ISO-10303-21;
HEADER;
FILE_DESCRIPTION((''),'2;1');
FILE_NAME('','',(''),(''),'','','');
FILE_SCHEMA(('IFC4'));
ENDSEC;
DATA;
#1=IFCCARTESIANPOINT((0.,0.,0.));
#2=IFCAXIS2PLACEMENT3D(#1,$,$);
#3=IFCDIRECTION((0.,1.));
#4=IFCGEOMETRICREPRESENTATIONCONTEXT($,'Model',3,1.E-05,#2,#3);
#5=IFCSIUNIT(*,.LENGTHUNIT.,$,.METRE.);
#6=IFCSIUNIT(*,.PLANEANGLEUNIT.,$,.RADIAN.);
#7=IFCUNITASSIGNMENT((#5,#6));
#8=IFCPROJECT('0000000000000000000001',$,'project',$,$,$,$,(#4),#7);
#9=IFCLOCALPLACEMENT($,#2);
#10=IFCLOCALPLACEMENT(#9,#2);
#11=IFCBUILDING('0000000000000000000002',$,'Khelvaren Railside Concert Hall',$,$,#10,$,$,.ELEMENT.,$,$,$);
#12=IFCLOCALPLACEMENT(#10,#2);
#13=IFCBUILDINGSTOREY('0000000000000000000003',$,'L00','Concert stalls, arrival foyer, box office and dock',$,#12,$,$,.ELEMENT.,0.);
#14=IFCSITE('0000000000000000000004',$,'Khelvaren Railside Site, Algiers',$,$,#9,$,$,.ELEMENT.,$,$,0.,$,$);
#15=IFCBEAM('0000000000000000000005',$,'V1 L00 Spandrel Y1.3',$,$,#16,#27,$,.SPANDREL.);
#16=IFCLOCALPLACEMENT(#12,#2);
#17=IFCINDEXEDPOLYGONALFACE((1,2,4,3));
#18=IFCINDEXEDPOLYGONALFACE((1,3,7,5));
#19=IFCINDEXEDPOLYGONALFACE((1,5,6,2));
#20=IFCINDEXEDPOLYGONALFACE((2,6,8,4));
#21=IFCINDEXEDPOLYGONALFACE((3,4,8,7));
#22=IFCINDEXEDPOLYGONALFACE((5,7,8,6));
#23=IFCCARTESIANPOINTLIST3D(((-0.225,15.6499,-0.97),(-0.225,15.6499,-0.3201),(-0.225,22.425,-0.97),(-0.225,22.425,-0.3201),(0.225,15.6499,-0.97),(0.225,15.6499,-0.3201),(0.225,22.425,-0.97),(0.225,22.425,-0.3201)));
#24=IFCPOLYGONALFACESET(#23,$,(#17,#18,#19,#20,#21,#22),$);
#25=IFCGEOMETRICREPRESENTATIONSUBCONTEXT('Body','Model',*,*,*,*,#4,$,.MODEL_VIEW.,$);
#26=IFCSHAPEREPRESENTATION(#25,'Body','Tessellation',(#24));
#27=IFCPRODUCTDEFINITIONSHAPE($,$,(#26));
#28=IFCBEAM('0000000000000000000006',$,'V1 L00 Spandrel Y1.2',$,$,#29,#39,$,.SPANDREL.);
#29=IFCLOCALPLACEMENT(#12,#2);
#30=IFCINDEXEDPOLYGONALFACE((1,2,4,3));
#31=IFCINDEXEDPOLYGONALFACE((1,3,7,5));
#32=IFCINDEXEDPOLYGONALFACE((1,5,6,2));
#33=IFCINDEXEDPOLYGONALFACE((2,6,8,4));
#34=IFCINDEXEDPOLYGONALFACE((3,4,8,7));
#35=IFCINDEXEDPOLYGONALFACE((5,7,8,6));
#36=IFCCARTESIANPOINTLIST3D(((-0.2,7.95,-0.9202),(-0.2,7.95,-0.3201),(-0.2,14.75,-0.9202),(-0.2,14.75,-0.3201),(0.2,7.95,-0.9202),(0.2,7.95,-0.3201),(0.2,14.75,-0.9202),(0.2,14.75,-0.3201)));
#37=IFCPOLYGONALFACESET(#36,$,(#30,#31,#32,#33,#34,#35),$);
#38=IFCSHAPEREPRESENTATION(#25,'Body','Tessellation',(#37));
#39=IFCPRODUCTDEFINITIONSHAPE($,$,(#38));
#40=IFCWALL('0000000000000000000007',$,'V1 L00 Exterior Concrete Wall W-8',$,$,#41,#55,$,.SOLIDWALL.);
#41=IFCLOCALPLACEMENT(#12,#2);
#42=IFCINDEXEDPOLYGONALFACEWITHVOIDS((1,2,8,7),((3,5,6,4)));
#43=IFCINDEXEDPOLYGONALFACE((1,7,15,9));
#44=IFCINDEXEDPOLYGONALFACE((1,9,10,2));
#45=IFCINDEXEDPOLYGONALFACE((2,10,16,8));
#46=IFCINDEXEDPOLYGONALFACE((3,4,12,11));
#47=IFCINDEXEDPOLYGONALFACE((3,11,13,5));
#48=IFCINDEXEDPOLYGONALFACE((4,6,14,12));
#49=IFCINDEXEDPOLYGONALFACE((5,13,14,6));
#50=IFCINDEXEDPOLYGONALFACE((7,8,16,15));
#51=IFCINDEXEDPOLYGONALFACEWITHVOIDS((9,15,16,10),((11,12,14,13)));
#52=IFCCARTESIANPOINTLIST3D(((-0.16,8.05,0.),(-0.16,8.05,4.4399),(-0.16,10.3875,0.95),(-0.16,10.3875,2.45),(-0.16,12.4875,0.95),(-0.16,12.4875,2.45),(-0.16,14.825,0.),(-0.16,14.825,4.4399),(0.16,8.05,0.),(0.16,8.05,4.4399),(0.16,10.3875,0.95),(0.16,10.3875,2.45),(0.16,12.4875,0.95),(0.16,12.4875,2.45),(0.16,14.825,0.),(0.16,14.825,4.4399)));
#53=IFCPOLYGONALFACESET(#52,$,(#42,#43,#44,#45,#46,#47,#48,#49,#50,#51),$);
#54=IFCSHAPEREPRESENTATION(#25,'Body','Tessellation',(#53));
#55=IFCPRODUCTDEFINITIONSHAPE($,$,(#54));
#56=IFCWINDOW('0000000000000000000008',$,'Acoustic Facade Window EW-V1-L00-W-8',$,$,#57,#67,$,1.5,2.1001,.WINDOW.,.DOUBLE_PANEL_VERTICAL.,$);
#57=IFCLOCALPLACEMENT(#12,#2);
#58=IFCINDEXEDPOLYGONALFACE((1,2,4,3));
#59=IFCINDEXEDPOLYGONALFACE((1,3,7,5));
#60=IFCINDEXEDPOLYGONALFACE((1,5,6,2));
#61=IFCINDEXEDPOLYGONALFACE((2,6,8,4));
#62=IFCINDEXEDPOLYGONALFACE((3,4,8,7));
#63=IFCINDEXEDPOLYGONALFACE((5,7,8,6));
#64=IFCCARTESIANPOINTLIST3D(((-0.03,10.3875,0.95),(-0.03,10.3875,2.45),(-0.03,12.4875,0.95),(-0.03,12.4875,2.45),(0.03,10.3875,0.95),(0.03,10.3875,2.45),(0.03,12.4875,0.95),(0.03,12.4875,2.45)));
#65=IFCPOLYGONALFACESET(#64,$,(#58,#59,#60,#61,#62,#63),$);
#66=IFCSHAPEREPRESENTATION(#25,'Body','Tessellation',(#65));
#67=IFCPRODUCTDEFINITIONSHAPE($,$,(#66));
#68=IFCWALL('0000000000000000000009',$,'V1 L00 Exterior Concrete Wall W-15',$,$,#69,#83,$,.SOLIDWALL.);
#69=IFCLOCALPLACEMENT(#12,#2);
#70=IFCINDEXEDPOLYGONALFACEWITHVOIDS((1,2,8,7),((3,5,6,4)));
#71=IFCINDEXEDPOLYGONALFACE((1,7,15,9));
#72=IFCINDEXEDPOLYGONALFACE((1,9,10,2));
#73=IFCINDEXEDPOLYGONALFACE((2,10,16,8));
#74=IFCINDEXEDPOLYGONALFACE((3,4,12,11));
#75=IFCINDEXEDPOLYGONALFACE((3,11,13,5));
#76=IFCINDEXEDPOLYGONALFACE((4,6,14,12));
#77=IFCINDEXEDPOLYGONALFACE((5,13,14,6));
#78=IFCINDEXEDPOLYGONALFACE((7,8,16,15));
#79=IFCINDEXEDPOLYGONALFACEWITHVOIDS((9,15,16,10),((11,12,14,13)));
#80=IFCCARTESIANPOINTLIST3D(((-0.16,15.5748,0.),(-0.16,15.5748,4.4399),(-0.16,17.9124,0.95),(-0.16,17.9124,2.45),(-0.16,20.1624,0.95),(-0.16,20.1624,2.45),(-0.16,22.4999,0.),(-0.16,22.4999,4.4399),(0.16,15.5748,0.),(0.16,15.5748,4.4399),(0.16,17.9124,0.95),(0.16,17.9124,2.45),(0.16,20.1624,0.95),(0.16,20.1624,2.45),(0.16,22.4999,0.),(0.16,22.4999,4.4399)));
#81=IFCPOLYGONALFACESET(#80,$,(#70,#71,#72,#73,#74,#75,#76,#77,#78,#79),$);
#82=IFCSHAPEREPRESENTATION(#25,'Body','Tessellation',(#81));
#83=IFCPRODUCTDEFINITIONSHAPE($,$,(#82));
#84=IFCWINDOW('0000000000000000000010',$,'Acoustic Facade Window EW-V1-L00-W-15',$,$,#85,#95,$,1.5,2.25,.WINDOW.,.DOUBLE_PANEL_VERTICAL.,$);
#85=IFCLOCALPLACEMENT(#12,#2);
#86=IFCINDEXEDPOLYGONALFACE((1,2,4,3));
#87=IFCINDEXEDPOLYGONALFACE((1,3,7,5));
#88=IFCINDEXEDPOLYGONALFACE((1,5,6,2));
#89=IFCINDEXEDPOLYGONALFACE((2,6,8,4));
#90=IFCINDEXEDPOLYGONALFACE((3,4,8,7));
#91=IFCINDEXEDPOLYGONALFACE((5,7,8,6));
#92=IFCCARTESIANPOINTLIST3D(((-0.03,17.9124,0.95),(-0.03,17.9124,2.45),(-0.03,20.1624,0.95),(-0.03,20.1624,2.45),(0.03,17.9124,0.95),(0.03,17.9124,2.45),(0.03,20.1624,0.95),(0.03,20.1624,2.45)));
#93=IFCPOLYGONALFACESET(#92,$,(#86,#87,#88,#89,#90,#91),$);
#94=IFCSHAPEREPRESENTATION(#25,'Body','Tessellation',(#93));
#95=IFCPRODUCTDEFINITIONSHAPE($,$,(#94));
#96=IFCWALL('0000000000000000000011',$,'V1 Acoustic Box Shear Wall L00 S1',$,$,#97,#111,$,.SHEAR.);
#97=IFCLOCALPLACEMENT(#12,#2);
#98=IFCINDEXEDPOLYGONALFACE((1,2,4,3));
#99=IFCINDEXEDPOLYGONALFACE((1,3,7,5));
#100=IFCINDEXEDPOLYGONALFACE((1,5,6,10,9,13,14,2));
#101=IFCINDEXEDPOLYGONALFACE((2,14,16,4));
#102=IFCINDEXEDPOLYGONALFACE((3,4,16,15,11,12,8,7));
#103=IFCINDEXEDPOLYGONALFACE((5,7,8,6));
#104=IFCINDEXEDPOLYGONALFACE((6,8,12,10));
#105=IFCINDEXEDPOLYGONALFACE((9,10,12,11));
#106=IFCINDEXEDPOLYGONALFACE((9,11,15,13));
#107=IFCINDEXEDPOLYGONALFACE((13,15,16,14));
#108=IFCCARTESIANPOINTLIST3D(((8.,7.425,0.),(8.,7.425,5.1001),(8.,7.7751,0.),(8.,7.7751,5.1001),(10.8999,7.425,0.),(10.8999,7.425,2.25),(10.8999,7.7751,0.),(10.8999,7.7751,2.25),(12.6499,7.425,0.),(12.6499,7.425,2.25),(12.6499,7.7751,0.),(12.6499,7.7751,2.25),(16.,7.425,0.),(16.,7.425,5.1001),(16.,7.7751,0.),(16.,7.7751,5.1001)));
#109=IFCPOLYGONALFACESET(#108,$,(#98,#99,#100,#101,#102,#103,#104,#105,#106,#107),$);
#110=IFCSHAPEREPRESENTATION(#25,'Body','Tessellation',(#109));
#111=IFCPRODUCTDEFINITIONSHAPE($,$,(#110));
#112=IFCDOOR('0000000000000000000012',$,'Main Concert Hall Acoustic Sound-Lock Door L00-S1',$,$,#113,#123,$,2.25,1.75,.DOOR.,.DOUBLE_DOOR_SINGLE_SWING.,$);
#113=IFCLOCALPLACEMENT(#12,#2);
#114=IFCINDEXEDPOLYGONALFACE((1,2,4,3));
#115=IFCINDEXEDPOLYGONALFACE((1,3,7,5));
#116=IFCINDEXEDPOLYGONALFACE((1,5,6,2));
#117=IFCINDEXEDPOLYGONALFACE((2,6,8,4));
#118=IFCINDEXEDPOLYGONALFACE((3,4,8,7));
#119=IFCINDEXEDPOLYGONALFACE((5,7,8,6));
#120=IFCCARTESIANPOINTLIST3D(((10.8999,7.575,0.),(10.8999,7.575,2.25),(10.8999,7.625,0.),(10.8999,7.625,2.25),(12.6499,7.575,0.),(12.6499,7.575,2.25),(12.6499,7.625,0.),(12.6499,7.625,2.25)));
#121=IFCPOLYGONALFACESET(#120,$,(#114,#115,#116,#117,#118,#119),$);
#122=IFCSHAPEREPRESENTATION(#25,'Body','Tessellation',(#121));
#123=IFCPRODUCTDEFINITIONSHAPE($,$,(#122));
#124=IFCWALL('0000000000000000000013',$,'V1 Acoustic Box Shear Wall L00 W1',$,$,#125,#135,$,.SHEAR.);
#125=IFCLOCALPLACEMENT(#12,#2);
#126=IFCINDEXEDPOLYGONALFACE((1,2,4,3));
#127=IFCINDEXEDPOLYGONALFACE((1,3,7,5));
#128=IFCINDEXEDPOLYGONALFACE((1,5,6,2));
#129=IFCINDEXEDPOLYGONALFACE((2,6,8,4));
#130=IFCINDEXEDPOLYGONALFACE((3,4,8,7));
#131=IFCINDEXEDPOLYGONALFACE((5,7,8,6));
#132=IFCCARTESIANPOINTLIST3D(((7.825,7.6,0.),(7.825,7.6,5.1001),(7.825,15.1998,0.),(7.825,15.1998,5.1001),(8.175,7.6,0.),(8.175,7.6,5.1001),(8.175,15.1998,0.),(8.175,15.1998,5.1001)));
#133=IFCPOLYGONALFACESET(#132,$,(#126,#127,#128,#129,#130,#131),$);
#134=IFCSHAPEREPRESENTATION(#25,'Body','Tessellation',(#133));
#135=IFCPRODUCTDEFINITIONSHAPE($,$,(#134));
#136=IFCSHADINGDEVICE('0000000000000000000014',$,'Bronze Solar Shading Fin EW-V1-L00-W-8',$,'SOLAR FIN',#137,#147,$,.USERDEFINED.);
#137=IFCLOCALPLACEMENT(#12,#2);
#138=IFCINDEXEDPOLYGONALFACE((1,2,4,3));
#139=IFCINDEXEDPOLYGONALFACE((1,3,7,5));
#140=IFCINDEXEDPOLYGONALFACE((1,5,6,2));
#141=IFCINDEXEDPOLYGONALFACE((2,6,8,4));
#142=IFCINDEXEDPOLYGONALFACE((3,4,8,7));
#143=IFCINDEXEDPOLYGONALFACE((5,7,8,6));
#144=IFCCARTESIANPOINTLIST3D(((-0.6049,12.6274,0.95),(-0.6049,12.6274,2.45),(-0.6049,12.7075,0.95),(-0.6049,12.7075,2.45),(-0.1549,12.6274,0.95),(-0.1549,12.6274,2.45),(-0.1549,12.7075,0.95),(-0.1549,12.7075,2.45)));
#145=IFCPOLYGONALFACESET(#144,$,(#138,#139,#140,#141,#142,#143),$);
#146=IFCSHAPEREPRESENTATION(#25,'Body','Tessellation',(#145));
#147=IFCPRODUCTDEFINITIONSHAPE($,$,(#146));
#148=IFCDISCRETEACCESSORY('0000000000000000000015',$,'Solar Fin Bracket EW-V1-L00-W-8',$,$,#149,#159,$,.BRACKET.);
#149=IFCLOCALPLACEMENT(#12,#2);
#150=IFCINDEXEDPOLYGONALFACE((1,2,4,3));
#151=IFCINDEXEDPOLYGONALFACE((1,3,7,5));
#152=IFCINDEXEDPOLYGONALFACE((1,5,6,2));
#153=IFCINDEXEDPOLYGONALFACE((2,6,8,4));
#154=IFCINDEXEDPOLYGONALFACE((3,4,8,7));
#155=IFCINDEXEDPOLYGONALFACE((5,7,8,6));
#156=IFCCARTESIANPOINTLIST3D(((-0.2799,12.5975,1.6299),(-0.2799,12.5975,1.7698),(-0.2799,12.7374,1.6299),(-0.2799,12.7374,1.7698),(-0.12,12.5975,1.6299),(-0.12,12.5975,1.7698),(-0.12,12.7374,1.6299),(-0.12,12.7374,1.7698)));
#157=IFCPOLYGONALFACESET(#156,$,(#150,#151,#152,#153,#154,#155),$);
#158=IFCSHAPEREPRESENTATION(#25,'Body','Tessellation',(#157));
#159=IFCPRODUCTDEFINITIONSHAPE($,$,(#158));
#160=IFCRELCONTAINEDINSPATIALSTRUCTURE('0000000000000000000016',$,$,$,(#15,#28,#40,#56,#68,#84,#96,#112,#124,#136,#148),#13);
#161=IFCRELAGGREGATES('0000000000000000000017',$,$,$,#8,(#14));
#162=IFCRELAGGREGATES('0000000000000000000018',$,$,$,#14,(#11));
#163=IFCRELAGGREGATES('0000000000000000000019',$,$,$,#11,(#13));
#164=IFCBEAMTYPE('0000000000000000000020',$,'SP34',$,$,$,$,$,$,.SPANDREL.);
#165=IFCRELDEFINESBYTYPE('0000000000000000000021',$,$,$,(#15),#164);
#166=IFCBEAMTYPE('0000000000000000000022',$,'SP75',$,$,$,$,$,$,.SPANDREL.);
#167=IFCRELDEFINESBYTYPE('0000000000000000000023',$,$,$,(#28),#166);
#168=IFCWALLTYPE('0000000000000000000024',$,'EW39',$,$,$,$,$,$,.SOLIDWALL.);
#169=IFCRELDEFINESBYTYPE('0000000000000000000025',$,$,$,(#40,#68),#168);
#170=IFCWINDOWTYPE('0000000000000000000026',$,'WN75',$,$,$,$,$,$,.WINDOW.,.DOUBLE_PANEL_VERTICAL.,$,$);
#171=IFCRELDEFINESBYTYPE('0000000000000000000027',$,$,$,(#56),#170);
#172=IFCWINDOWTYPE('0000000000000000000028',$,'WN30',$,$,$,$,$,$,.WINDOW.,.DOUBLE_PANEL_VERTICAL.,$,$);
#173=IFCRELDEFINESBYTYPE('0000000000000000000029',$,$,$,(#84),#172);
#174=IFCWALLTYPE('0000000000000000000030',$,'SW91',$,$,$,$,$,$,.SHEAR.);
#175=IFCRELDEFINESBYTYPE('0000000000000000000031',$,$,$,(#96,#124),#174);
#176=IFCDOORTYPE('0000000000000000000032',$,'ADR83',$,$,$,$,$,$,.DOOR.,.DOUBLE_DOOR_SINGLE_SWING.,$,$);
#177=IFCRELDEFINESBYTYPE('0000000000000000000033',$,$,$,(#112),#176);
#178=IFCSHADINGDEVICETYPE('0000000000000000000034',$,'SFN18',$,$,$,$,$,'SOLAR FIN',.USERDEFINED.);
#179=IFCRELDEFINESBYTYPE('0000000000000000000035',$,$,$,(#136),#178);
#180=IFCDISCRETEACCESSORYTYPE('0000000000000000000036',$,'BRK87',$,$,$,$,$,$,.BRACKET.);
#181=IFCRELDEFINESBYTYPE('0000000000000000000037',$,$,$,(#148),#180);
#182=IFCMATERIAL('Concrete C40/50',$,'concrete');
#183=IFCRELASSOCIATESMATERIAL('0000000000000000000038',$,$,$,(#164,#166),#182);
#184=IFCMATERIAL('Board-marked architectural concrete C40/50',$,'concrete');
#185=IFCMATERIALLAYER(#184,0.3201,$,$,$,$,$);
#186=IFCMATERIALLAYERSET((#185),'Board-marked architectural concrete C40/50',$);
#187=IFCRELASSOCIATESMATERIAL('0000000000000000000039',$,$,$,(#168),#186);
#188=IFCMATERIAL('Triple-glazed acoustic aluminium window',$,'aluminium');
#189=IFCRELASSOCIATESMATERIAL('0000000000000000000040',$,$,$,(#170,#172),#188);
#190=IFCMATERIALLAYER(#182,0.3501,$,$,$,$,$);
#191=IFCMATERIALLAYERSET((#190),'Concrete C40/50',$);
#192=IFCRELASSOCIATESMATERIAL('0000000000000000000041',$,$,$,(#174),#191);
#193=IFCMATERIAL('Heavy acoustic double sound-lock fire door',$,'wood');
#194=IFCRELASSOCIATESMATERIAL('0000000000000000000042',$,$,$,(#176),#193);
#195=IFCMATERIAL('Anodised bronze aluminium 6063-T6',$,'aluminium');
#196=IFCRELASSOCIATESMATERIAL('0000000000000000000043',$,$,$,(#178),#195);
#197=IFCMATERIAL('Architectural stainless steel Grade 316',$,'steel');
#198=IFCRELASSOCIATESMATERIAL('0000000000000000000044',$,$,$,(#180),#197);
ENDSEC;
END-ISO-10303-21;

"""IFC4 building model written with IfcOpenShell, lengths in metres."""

from ifc_helpers import new_model, si_unit, direction, frame, frame_2d, origin, origin_2d, place, context, subcontext, project, spatial, rectangle, extrude, material, layer, layer_set, material_profile, profile_set, type_object, element, fill, save


model = new_model("IFC4")

# Units and contexts
model_context = context("Model", 3, precision=1e-05, world=origin(), true_north=direction((0.0, 1.0)))
body_context = subcontext(model_context, "Body", "Model", "MODEL_VIEW")
ifc_project = project(units=[si_unit("LENGTHUNIT", "METRE"), si_unit("PLANEANGLEUNIT", "RADIAN")], contexts=[model_context])

# Site, building, storey
site_placement = place(None, origin())
site = spatial("IfcSite", under=ifc_project, at=site_placement, Name="Khelvaren Railside Site, Algiers", CompositionType="ELEMENT", RefElevation=0.0)
building_placement = place(site_placement, origin())
building = spatial("IfcBuilding", under=site, at=building_placement, Name="Khelvaren Railside Concert Hall", CompositionType="ELEMENT")
storey_placement = place(building_placement, origin())
storey = spatial("IfcBuildingStorey", under=building, at=storey_placement, Name="L00", Description="Concert stalls, arrival foyer, box office and dock", CompositionType="ELEMENT", Elevation=0.0)

# Beams
ifc_material_1 = material(Name="Concrete C40/50", Category="concrete")
ifc_material_profile_1 = material_profile(ifc_material_1, rectangle(XDim=0.45, YDim=0.6499, at=origin_2d()), Name="RCB 450x650")
ifc_profile_set_1 = profile_set([ifc_material_profile_1], Name="Concrete C40/50")
beam_type_1 = type_object("IfcBeamType", Name="SP34", PredefinedType="SPANDREL", material=ifc_profile_set_1)
beam_1_placement = place(storey_placement, frame((0.0, 15.6499, -0.645), z_axis=(0.0, 1.0, 0.0), x_axis=(-1.0, 0.0, 0.0)))
element("IfcBeam", 1, at=beam_1_placement, inside=storey, type_object=beam_type_1, Name="V1 L00 Spandrel Y1.3", PredefinedType="SPANDREL", context=body_context, shape_type="SweptSolid", body=[
    extrude(rectangle(XDim=0.45, YDim=0.6499, at=origin_2d()), origin(), (0.0, 0.0, 1.0), 6.7751),
])
ifc_material_profile_2 = material_profile(ifc_material_1, rectangle(XDim=0.3999, YDim=0.6001, at=origin_2d()), Name="RCB 400x600")
ifc_profile_set_2 = profile_set([ifc_material_profile_2], Name="Concrete C40/50")
beam_type_2 = type_object("IfcBeamType", Name="SP75", PredefinedType="SPANDREL", material=ifc_profile_set_2)
beam_2_placement = place(storey_placement, frame((0.0, 7.95, -0.6201), z_axis=(0.0, 1.0, 0.0), x_axis=(-1.0, 0.0, 0.0)))
element("IfcBeam", 2, at=beam_2_placement, inside=storey, type_object=beam_type_2, Name="V1 L00 Spandrel Y1.2", PredefinedType="SPANDREL", context=body_context, shape_type="SweptSolid", body=[
    extrude(rectangle(XDim=0.3999, YDim=0.6001, at=origin_2d()), origin(), (0.0, 0.0, 1.0), 6.8),
])

# Walls, openings, windows
ifc_material_2 = material(Name="Board-marked architectural concrete C40/50", Category="concrete")
ifc_layer_1 = layer(ifc_material_2, 0.3201)
ifc_layer_set_1 = layer_set([ifc_layer_1], Name="Board-marked architectural concrete C40/50")
wall_type_1 = type_object("IfcWallType", Name="EW39", PredefinedType="SOLIDWALL", material=ifc_layer_set_1)
wall_1_placement = place(storey_placement, frame((0.0, 8.05, 0.0), z_axis=(0.0, 0.0, 1.0), x_axis=(0.0, 1.0, 0.0)))
wall_1 = element("IfcWall", 3, at=wall_1_placement, inside=storey, type_object=wall_type_1, Name="V1 L00 Exterior Concrete Wall W-8", PredefinedType="SOLIDWALL", context=body_context, shape_type="SweptSolid", body=[
    extrude(rectangle(XDim=6.7749, YDim=0.3201, at=frame_2d((3.3875, 0.0))), origin(), (0.0, 0.0, 1.0), 4.4399),
])
opening_1_placement = place(wall_1_placement, frame((2.3374, 0.0, 0.95)))
opening_1 = element("IfcOpeningElement", 4, at=opening_1_placement, cuts=wall_1, PredefinedType="OPENING", context=body_context, shape_type="SweptSolid", body=[
    extrude(rectangle(XDim=2.1001, YDim=1.5, at=frame_2d((1.05, 0.75))), frame((0.0, 0.1699, 0.0), z_axis=(0.0, -1.0, 0.0), x_axis=(1.0, 0.0, 0.0)), (0.0, 0.0, 1.0), 0.3401),
])
ifc_material_3 = material(Name="Triple-glazed acoustic aluminium window", Category="aluminium")
window_type_1 = type_object("IfcWindowType", Name="WN75", PartitioningType="DOUBLE_PANEL_VERTICAL", PredefinedType="WINDOW", material=ifc_material_3)
window_1_placement = place(opening_1_placement, origin())
window_1 = element("IfcWindow", 5, at=window_1_placement, inside=storey, type_object=window_type_1, Name="Acoustic Facade Window EW-V1-L00-W-8", OverallHeight=1.5, OverallWidth=2.1001, PartitioningType="DOUBLE_PANEL_VERTICAL", PredefinedType="WINDOW", context=body_context, shape_type="SweptSolid", body=[
    extrude(rectangle(XDim=2.1001, YDim=1.5, at=frame_2d((1.05, 0.75))), frame((0.0, 0.03, 0.0), z_axis=(0.0, -1.0, 0.0), x_axis=(1.0, 0.0, 0.0)), (0.0, 0.0, 1.0), 0.0601),
])
fill(opening_1, window_1)
wall_2_placement = place(storey_placement, frame((0.0, 15.575, 0.0), z_axis=(0.0, 0.0, 1.0), x_axis=(0.0, 1.0, 0.0)))
wall_2 = element("IfcWall", 6, at=wall_2_placement, inside=storey, type_object=wall_type_1, Name="V1 L00 Exterior Concrete Wall W-15", PredefinedType="SOLIDWALL", context=body_context, shape_type="SweptSolid", body=[
    extrude(rectangle(XDim=6.925, YDim=0.3201, at=frame_2d((3.4624, 0.0))), origin(), (0.0, 0.0, 1.0), 4.4399),
])
opening_2_placement = place(wall_2_placement, frame((2.3374, 0.0, 0.95)))
opening_2 = element("IfcOpeningElement", 7, at=opening_2_placement, cuts=wall_2, PredefinedType="OPENING", context=body_context, shape_type="SweptSolid", body=[
    extrude(rectangle(XDim=2.25, YDim=1.5, at=frame_2d((1.125, 0.75))), frame((0.0, 0.1699, 0.0), z_axis=(0.0, -1.0, 0.0), x_axis=(1.0, 0.0, 0.0)), (0.0, 0.0, 1.0), 0.3401),
])
window_type_2 = type_object("IfcWindowType", Name="WN30", PartitioningType="DOUBLE_PANEL_VERTICAL", PredefinedType="WINDOW", material=ifc_material_3)
window_2_placement = place(opening_2_placement, origin())
window_2 = element("IfcWindow", 8, at=window_2_placement, inside=storey, type_object=window_type_2, Name="Acoustic Facade Window EW-V1-L00-W-15", OverallHeight=1.5, OverallWidth=2.25, PartitioningType="DOUBLE_PANEL_VERTICAL", PredefinedType="WINDOW", context=body_context, shape_type="SweptSolid", body=[
    extrude(rectangle(XDim=2.25, YDim=1.5, at=frame_2d((1.125, 0.75))), frame((0.0, 0.03, 0.0), z_axis=(0.0, -1.0, 0.0), x_axis=(1.0, 0.0, 0.0)), (0.0, 0.0, 1.0), 0.0601),
])
fill(opening_2, window_2)

# Wall, opening, door
ifc_layer_2 = layer(ifc_material_1, 0.3501)
ifc_layer_set_2 = layer_set([ifc_layer_2], Name="Concrete C40/50")
wall_type_2 = type_object("IfcWallType", Name="SW91", PredefinedType="SHEAR", material=ifc_layer_set_2)
wall_3_placement = place(storey_placement, frame((8.0, 7.6001, 0.0), z_axis=(0.0, 0.0, 1.0), x_axis=(1.0, 0.0, 0.0)))
wall_3 = element("IfcWall", 9, at=wall_3_placement, inside=storey, type_object=wall_type_2, Name="V1 Acoustic Box Shear Wall L00 S1", PredefinedType="SHEAR", context=body_context, shape_type="SweptSolid", body=[
    extrude(rectangle(XDim=8.0, YDim=0.3501, at=frame_2d((4.0, 0.0))), origin(), (0.0, 0.0, 1.0), 5.1001),
])
opening_3_placement = place(wall_3_placement, frame((2.8999, 0.0, 0.0)))
opening_3 = element("IfcOpeningElement", 10, at=opening_3_placement, cuts=wall_3, PredefinedType="OPENING", context=body_context, shape_type="SweptSolid", body=[
    extrude(rectangle(XDim=1.75, YDim=2.25, at=frame_2d((0.875, 1.125))), frame((0.0, 0.1851, 0.0), z_axis=(0.0, -1.0, 0.0), x_axis=(1.0, 0.0, 0.0)), (0.0, 0.0, 1.0), 0.3701),
])
ifc_material_4 = material(Name="Heavy acoustic double sound-lock fire door", Category="wood")
door_type = type_object("IfcDoorType", Name="ADR83", OperationType="DOUBLE_DOOR_SINGLE_SWING", PredefinedType="DOOR", material=ifc_material_4)
door_placement = place(opening_3_placement, origin())
door = element("IfcDoor", 11, at=door_placement, inside=storey, type_object=door_type, Name="Main Concert Hall Acoustic Sound-Lock Door L00-S1", OperationType="DOUBLE_DOOR_SINGLE_SWING", OverallHeight=2.25, OverallWidth=1.75, PredefinedType="DOOR", context=body_context, shape_type="SweptSolid", body=[
    extrude(rectangle(XDim=1.75, YDim=2.25, at=frame_2d((0.875, 1.125))), frame((0.0, 0.0249, 0.0), z_axis=(0.0, -1.0, 0.0), x_axis=(1.0, 0.0, 0.0)), (0.0, 0.0, 1.0), 0.05),
])
fill(opening_3, door)

# Wall
wall_4_placement = place(storey_placement, frame((8.0, 7.6001, 0.0), z_axis=(0.0, 0.0, 1.0), x_axis=(0.0, 1.0, 0.0)))
element("IfcWall", 12, at=wall_4_placement, inside=storey, type_object=wall_type_2, Name="V1 Acoustic Box Shear Wall L00 W1", PredefinedType="SHEAR", context=body_context, shape_type="SweptSolid", body=[
    extrude(rectangle(XDim=7.5999, YDim=0.3501, at=frame_2d((3.7998, 0.0))), origin(), (0.0, 0.0, 1.0), 5.1001),
])

# Shading device
ifc_material_5 = material(Name="Anodised bronze aluminium 6063-T6", Category="aluminium")
shading_device_type = type_object("IfcShadingDeviceType", Name="SFN18", ElementType="SOLAR FIN", PredefinedType="USERDEFINED", material=ifc_material_5)
shading_device_placement = place(storey_placement, frame((-0.3799, 12.6675, 0.95), z_axis=(0.0, 0.0, 1.0), x_axis=(0.0, 1.0, 0.0)))
element("IfcShadingDevice", 13, at=shading_device_placement, inside=storey, type_object=shading_device_type, Name="Bronze Solar Shading Fin EW-V1-L00-W-8", ObjectType="SOLAR FIN", PredefinedType="USERDEFINED", context=body_context, shape_type="SweptSolid", body=[
    extrude(rectangle(XDim=0.0801, YDim=0.45, at=origin_2d()), origin(), (0.0, 0.0, 1.0), 1.5),
])

# Discrete accessory
ifc_material_6 = material(Name="Architectural stainless steel Grade 316", Category="steel")
discrete_accessory_type = type_object("IfcDiscreteAccessoryType", Name="BRK87", PredefinedType="BRACKET", material=ifc_material_6)
discrete_accessory_placement = place(storey_placement, frame((-0.2, 12.6675, 1.6299), z_axis=(0.0, 0.0, 1.0), x_axis=(0.0, 1.0, 0.0)))
element("IfcDiscreteAccessory", 14, at=discrete_accessory_placement, inside=storey, type_object=discrete_accessory_type, Name="Solar Fin Bracket EW-V1-L00-W-8", PredefinedType="BRACKET", context=body_context, shape_type="SweptSolid", body=[
    extrude(rectangle(XDim=0.1399, YDim=0.1599, at=origin_2d()), origin(), (0.0, 0.0, 1.0), 0.1399),
])

save(model, "model.ifc")
